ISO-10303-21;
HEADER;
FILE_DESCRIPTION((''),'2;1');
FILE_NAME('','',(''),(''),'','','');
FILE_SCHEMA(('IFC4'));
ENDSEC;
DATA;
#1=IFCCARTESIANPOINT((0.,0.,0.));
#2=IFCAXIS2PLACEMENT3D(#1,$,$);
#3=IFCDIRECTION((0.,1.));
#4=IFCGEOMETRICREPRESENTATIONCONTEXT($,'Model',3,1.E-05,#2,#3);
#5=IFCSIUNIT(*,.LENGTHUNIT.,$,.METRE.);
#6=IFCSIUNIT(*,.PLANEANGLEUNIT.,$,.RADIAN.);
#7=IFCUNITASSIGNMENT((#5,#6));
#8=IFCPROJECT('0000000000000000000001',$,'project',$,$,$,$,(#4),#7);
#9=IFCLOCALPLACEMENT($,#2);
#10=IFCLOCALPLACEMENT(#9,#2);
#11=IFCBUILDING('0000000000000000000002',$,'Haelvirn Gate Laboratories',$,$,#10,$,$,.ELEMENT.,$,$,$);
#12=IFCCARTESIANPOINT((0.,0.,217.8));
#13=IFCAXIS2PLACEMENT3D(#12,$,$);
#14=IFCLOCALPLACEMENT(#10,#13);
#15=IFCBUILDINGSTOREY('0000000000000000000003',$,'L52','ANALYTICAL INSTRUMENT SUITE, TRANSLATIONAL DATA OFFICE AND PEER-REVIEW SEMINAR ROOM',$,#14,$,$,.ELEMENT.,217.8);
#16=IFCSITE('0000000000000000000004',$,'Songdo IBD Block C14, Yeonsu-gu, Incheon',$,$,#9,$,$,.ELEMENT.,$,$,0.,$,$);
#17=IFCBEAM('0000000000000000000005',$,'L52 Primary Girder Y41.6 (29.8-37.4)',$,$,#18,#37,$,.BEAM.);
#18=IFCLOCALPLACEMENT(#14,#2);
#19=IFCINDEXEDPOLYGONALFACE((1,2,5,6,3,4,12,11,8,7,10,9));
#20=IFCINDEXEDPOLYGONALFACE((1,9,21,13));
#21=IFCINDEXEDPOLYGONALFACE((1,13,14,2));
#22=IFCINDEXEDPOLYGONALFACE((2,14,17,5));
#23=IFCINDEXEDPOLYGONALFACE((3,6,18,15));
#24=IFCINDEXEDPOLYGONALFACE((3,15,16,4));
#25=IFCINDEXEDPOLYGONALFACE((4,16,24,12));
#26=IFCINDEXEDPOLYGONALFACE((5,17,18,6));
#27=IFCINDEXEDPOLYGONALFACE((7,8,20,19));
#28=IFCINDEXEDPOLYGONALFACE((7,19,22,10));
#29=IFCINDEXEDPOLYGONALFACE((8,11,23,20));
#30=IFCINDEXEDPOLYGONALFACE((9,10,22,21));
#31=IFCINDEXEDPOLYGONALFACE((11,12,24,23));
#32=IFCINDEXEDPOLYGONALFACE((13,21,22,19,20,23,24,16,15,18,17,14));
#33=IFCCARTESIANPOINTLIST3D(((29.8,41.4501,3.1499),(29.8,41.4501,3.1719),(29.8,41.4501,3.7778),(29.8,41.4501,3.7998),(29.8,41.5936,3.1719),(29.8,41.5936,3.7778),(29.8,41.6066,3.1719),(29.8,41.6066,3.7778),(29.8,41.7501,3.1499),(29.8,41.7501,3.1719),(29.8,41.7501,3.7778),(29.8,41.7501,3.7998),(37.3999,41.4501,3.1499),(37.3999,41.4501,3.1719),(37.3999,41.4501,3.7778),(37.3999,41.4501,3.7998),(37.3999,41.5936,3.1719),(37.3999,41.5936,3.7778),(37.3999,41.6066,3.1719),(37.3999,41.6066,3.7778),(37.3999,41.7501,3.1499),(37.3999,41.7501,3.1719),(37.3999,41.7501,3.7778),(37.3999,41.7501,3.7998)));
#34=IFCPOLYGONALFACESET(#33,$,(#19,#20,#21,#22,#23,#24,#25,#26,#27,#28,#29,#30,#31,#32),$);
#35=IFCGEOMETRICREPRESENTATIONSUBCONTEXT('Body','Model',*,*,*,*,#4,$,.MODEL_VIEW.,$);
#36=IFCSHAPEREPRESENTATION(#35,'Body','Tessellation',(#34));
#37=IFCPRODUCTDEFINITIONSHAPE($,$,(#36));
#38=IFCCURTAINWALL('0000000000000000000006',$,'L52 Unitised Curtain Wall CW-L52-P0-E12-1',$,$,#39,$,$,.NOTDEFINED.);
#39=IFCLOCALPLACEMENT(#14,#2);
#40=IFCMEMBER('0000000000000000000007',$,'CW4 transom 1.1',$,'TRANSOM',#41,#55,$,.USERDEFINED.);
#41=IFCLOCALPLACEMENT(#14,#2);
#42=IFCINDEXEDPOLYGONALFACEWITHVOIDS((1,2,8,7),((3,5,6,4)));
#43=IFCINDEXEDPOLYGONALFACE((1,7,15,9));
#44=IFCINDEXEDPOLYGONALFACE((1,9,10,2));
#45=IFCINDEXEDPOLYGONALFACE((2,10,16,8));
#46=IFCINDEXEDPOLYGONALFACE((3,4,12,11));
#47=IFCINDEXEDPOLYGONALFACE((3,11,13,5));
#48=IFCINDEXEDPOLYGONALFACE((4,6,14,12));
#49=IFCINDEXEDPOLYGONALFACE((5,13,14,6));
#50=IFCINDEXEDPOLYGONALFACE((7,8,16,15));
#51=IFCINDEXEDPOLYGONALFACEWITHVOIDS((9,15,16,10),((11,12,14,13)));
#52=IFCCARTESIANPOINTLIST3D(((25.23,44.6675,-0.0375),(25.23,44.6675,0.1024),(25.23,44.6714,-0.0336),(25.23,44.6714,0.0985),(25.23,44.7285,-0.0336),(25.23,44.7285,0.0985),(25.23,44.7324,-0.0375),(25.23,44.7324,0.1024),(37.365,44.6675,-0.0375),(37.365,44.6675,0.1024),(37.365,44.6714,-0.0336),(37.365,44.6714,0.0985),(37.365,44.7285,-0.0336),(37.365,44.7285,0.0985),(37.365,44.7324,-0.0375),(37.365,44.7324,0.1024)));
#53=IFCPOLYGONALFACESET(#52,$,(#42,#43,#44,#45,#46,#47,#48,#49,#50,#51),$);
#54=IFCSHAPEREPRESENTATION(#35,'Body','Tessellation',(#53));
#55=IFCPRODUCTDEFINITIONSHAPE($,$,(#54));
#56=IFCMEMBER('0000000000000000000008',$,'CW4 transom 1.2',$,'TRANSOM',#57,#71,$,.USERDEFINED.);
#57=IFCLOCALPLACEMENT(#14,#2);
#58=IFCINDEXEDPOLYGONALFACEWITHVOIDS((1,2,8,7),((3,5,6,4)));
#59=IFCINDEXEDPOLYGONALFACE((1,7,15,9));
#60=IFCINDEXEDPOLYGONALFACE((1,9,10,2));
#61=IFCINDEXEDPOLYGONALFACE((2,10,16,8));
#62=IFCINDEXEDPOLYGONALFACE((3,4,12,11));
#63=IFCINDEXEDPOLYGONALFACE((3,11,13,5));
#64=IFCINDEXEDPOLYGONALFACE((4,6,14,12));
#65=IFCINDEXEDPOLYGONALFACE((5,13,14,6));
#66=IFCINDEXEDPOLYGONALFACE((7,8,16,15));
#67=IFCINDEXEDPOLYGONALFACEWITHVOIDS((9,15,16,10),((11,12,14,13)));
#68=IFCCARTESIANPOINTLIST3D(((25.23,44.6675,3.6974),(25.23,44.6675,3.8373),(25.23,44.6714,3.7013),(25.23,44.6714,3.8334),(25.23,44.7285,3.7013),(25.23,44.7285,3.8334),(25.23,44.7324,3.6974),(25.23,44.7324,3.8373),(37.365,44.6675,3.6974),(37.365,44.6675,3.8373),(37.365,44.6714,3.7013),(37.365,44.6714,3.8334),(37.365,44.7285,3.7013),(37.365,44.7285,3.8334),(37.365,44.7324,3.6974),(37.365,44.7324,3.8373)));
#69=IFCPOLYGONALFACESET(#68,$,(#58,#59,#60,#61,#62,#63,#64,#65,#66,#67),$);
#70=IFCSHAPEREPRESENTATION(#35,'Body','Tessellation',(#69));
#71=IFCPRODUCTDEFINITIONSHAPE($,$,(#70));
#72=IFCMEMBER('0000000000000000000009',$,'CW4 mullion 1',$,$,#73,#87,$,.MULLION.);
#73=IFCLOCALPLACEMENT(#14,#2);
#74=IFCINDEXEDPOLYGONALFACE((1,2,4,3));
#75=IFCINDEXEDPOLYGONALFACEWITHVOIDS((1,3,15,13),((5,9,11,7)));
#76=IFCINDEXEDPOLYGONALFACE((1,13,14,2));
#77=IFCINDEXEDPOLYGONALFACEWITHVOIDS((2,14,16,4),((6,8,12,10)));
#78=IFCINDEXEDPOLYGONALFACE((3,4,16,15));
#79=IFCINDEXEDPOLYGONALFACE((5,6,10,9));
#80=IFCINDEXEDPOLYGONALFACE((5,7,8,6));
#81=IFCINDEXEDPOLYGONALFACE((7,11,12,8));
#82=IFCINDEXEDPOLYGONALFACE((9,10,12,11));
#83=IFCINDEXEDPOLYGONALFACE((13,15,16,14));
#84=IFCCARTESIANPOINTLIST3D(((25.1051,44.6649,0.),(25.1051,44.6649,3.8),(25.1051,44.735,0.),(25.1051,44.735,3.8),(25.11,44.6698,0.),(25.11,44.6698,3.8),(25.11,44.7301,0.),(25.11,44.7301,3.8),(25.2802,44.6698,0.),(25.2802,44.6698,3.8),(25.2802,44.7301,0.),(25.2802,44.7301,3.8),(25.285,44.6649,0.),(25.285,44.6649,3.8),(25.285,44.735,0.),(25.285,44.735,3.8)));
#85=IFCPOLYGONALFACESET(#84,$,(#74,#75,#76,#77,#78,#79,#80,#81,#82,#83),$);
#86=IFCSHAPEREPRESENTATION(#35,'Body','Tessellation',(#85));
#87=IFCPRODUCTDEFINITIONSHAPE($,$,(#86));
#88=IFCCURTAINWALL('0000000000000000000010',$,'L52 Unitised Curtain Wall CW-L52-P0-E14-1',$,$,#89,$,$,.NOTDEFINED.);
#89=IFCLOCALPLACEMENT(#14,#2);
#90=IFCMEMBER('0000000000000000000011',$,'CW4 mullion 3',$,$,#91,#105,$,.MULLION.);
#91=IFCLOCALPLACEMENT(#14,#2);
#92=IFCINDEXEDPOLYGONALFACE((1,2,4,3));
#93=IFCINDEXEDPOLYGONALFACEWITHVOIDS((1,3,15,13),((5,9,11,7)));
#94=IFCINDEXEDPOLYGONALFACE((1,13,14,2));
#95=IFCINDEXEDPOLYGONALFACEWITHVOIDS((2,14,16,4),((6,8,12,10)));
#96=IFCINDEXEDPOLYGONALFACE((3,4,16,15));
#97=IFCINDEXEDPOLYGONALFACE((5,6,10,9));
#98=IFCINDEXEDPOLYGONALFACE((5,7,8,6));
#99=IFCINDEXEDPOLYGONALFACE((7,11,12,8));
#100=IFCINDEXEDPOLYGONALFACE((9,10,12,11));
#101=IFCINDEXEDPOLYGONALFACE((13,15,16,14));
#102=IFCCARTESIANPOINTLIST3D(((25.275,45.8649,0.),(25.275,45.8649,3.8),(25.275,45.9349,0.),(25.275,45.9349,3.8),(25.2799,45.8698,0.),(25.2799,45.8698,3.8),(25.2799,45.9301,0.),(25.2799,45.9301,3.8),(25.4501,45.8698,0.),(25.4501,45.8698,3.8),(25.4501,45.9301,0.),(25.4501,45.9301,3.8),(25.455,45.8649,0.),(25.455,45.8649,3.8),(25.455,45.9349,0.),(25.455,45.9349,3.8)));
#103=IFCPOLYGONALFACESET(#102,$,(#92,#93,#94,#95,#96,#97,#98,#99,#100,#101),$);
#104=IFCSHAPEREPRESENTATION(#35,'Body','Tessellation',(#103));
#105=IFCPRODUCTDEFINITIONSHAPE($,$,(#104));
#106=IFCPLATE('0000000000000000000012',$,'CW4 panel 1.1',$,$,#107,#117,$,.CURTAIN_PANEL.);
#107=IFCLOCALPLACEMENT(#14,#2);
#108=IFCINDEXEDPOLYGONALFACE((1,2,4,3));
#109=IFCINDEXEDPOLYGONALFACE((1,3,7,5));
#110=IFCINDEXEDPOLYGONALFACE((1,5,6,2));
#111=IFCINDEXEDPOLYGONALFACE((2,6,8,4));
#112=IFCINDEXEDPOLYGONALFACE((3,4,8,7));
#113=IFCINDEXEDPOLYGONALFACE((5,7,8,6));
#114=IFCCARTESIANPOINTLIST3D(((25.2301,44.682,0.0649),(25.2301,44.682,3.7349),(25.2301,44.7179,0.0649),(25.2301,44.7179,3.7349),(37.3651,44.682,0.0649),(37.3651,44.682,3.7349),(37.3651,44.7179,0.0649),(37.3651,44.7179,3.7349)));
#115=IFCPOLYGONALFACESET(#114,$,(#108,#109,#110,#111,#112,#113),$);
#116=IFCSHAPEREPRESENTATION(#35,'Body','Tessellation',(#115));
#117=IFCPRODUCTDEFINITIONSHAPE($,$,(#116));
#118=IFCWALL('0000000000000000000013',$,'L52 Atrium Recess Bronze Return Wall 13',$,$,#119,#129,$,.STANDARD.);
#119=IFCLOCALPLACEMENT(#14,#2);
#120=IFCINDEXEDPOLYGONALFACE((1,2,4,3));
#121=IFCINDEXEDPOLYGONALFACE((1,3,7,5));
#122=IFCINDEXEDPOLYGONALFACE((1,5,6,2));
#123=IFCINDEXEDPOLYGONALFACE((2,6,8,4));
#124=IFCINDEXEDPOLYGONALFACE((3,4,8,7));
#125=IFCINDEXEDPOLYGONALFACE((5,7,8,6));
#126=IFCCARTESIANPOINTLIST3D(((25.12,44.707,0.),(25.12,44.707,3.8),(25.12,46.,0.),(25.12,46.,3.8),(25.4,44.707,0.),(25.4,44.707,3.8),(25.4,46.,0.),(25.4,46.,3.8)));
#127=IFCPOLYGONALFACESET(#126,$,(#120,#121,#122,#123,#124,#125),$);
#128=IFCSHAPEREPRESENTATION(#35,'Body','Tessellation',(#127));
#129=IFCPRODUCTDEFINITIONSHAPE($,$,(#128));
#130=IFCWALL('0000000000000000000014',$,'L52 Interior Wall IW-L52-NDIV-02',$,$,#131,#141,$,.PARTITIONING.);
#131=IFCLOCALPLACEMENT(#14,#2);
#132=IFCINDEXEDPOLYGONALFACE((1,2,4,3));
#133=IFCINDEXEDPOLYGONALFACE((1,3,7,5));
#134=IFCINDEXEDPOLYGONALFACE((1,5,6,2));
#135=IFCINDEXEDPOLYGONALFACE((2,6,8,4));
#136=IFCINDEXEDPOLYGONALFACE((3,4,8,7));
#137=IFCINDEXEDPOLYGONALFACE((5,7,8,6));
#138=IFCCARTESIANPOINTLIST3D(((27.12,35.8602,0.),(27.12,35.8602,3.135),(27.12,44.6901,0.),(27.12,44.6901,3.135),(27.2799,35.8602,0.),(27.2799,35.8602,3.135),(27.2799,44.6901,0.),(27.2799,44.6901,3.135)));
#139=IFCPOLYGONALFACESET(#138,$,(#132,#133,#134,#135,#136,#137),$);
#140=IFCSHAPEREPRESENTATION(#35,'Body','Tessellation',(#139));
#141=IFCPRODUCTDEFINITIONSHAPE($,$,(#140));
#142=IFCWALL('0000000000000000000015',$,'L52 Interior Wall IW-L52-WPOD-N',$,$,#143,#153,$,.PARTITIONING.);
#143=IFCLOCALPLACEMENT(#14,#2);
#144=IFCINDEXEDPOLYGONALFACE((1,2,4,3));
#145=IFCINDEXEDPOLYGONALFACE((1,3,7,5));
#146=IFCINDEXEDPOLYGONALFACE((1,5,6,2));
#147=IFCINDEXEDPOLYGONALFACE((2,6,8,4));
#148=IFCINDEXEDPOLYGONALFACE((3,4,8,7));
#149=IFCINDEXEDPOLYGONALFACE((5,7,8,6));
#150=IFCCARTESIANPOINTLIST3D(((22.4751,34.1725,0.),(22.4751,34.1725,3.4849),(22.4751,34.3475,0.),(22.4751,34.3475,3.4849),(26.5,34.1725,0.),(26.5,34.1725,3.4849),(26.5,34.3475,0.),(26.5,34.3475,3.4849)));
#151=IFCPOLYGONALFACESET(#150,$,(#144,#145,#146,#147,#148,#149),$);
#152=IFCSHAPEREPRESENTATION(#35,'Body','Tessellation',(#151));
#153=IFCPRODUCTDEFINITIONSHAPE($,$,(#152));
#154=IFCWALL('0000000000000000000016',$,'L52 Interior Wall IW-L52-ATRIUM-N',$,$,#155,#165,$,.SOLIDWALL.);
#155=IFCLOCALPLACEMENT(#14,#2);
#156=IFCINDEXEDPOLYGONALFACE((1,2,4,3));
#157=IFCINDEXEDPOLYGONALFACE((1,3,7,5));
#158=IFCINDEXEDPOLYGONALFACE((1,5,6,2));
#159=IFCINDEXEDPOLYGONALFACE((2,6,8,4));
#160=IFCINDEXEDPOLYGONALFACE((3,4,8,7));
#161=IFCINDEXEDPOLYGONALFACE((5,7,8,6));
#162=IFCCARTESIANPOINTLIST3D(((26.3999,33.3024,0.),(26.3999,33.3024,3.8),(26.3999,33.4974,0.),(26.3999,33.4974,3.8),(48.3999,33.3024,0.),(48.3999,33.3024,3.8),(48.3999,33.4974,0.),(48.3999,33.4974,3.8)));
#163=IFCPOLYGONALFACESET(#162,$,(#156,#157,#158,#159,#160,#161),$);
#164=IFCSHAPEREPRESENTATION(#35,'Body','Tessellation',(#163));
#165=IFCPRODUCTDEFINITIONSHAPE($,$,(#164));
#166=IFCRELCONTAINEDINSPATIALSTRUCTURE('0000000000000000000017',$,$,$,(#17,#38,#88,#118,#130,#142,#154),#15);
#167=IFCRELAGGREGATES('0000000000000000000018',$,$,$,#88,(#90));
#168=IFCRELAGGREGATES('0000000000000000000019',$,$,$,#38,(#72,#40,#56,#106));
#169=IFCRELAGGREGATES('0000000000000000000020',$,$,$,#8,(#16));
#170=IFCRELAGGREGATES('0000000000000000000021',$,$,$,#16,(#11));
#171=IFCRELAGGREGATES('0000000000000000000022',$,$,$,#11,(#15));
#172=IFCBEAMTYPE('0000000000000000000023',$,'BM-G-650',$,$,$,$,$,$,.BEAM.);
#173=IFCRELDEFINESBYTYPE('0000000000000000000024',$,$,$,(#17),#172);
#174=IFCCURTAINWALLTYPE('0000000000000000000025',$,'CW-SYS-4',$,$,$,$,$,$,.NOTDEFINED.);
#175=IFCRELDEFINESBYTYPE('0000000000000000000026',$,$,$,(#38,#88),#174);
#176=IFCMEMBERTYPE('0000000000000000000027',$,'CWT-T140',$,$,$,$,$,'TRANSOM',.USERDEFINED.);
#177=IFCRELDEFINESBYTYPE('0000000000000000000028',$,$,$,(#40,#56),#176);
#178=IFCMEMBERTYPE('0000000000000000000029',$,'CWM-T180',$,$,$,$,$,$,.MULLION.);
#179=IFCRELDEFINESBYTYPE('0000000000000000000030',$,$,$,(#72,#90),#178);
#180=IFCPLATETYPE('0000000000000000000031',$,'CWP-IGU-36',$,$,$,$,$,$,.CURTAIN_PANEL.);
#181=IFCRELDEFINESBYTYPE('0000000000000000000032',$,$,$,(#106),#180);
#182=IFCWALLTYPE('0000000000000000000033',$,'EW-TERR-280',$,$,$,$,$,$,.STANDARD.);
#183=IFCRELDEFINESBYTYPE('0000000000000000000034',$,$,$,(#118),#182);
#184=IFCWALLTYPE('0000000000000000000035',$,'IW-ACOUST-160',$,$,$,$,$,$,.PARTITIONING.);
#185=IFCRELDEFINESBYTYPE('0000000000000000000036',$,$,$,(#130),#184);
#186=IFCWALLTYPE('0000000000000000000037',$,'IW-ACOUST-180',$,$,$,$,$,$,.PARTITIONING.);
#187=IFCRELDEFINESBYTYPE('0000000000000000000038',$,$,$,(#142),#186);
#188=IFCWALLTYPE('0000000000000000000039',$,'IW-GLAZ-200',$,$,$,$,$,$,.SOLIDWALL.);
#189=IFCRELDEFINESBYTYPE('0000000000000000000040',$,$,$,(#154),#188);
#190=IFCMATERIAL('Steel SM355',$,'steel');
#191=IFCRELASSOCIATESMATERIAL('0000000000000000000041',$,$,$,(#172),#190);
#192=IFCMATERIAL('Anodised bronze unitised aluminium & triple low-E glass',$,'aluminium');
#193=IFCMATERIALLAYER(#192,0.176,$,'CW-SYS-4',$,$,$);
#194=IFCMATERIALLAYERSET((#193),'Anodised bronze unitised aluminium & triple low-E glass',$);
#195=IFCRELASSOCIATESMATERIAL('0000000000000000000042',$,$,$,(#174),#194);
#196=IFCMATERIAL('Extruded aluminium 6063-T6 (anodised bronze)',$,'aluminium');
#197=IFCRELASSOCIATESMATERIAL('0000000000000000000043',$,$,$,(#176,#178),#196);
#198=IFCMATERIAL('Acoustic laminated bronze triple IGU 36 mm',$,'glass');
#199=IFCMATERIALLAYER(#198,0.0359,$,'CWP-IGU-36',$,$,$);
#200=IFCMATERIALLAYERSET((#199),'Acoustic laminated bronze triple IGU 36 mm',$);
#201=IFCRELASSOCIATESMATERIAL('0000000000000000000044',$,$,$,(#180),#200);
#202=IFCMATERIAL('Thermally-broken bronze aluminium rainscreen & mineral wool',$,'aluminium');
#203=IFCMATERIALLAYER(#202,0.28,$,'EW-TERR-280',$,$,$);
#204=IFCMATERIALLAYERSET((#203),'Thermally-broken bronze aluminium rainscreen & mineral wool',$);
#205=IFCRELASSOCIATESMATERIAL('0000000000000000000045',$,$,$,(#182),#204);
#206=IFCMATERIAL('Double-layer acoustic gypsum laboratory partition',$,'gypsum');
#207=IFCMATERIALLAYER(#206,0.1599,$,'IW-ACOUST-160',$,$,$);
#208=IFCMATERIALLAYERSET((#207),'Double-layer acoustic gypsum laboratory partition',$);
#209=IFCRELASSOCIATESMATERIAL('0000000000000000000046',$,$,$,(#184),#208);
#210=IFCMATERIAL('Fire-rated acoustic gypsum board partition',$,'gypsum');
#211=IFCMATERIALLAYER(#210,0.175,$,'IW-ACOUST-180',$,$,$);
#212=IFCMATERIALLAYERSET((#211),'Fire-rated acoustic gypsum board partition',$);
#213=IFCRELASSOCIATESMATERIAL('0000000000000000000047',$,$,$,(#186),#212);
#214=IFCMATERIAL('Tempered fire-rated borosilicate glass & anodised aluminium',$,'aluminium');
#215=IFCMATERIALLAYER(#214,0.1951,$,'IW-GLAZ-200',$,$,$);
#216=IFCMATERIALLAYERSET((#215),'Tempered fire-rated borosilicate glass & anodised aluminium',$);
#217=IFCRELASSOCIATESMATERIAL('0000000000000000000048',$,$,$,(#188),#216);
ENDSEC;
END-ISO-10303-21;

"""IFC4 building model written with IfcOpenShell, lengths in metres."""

from ifc_helpers import new_model, si_unit, direction, frame, frame_2d, origin, origin_2d, place, context, subcontext, project, spatial, rectangle, hollow_rectangle, i_section, extrude, source, transform, mapped, material, layer, layer_set, material_profile, profile_set, type_object, type_shapes, element, aggregate, save


model = new_model("IFC4")

# Units and contexts
model_context = context("Model", 3, precision=1e-05, world=origin(), true_north=direction((0.0, 1.0)))
body_context = subcontext(model_context, "Body", "Model", "MODEL_VIEW")
ifc_project = project(units=[si_unit("LENGTHUNIT", "METRE"), si_unit("PLANEANGLEUNIT", "RADIAN")], contexts=[model_context])

# Site, building, storey
site_placement = place(None, origin())
site = spatial("IfcSite", under=ifc_project, at=site_placement, Name="Songdo IBD Block C14, Yeonsu-gu, Incheon", CompositionType="ELEMENT", RefElevation=0.0)
building_placement = place(site_placement, origin())
building = spatial("IfcBuilding", under=site, at=building_placement, Name="Haelvirn Gate Laboratories", CompositionType="ELEMENT")
storey_placement = place(building_placement, frame((0.0, 0.0, 217.8)))
storey = spatial("IfcBuildingStorey", under=building, at=storey_placement, Name="L52", Description="ANALYTICAL INSTRUMENT SUITE, TRANSLATIONAL DATA OFFICE AND PEER-REVIEW SEMINAR ROOM", CompositionType="ELEMENT", Elevation=217.8)

# Shared definitions
ifc_material_1 = material(Name="Steel SM355", Category="steel")

# Beam
ifc_material_profile_1 = material_profile(ifc_material_1, i_section(OverallWidth=0.3, OverallDepth=0.6499, WebThickness=0.0129, FlangeThickness=0.022, at=origin_2d()), Name="H-650x300x13x22")
ifc_profile_set_1 = profile_set([ifc_material_profile_1], Name="Steel SM355")
beam_type_1 = type_object("IfcBeamType", Name="BM-G-650", PredefinedType="BEAM", material=ifc_profile_set_1)
shared_shape_1 = source(origin(), body_context, "Body", "SweptSolid", [
    extrude(i_section(OverallWidth=0.3, OverallDepth=0.6499, WebThickness=0.0129, FlangeThickness=0.022, at=origin_2d()), origin(), (0.0, 0.0, 1.0), 7.5999),
])
for number, where, z_axis, x_axis, name in (
    (1, (29.8, 41.6001, 3.4749), (1.0, 0.0, 0.0), (0.0, 1.0, 0.0), "L52 Primary Girder Y41.6 (29.8-37.4)"),
):
    element("IfcBeam", number, at=place(storey_placement, frame(where, z_axis=z_axis, x_axis=x_axis)), inside=storey, type_object=beam_type_1, Name=name, PredefinedType="BEAM", context=body_context, shape_type="MappedRepresentation", body=[
        mapped(shared_shape_1, transform((0.0, 0.0, 0.0), scale=1.0)),
    ])

# Curtain wall, members
ifc_material_2 = material(Name="Anodised bronze unitised aluminium & triple low-E glass", Category="aluminium")
ifc_layer_1 = layer(ifc_material_2, 0.176, Name="CW-SYS-4")
ifc_layer_set_1 = layer_set([ifc_layer_1], Name="Anodised bronze unitised aluminium & triple low-E glass")
curtain_wall_type = type_object("IfcCurtainWallType", Name="CW-SYS-4", PredefinedType="NOTDEFINED", material=ifc_layer_set_1)
curtain_wall_1_placement = place(storey_placement, origin())
curtain_wall_1 = element("IfcCurtainWall", 2, at=curtain_wall_1_placement, inside=storey, type_object=curtain_wall_type, Name="L52 Unitised Curtain Wall CW-L52-P0-E12-1", PredefinedType="NOTDEFINED")
ifc_material_3 = material(Name="Extruded aluminium 6063-T6 (anodised bronze)", Category="aluminium")
ifc_material_profile_2 = material_profile(ifc_material_3, hollow_rectangle(XDim=0.0649, YDim=0.1399, WallThickness=0.0039, at=origin_2d()), Name="CWT-140x65x4")
ifc_profile_set_2 = profile_set([ifc_material_profile_2], Name="Extruded aluminium 6063-T6 (anodised bronze)")
member_type_1 = type_object("IfcMemberType", Name="CWT-T140", ElementType="TRANSOM", PredefinedType="USERDEFINED", material=ifc_profile_set_2)
shared_shape_2 = source(origin(), body_context, "Body", "SweptSolid", [
    extrude(hollow_rectangle(XDim=0.0649, YDim=0.1399, WallThickness=0.0039, at=origin_2d()), origin(), (0.0, 0.0, 1.0), 12.135),
])
type_shapes(member_type_1, [shared_shape_2])
member_1_placement = place(storey_placement, frame((25.23, 44.7, 0.0325), z_axis=(1.0, 0.0, 0.0), x_axis=(0.0, 1.0, 0.0)))
member_1 = element("IfcMember", 3, at=member_1_placement, type_object=member_type_1, Name="CW4 transom 1.1", ObjectType="TRANSOM", PredefinedType="USERDEFINED", context=body_context, shape_type="MappedRepresentation", body=[
    mapped(shared_shape_2, transform((0.0, 0.0, 0.0), scale=1.0)),
])
member_2_placement = place(storey_placement, frame((25.23, 44.7, 3.7673), z_axis=(1.0, 0.0, 0.0), x_axis=(0.0, 1.0, 0.0)))
member_2 = element("IfcMember", 4, at=member_2_placement, type_object=member_type_1, Name="CW4 transom 1.2", ObjectType="TRANSOM", PredefinedType="USERDEFINED", context=body_context, shape_type="MappedRepresentation", body=[
    mapped(shared_shape_2, transform((0.0, 0.0, 0.0), scale=1.0)),
])
ifc_material_profile_3 = material_profile(ifc_material_3, hollow_rectangle(XDim=0.0701, YDim=0.1799, WallThickness=0.0049, at=origin_2d()), Name="CWM-180x70x5")
ifc_profile_set_3 = profile_set([ifc_material_profile_3], Name="Extruded aluminium 6063-T6 (anodised bronze)")
member_type_2 = type_object("IfcMemberType", Name="CWM-T180", PredefinedType="MULLION", material=ifc_profile_set_3)
shared_shape_3 = source(origin(), body_context, "Body", "SweptSolid", [
    extrude(hollow_rectangle(XDim=0.0701, YDim=0.1799, WallThickness=0.0049, at=origin_2d()), origin(), (0.0, 0.0, 1.0), 3.8),
])
type_shapes(member_type_2, [shared_shape_3])
member_3_placement = place(storey_placement, frame((25.1951, 44.7, 0.0), z_axis=(0.0, 0.0, 1.0), x_axis=(0.0, 1.0, 0.0)))
member_3 = element("IfcMember", 5, at=member_3_placement, type_object=member_type_2, Name="CW4 mullion 1", PredefinedType="MULLION", context=body_context, shape_type="MappedRepresentation", body=[
    mapped(shared_shape_3, transform((0.0, 0.0, 0.0), scale=1.0)),
])

# Curtain wall, member
curtain_wall_2_placement = place(storey_placement, origin())
curtain_wall_2 = element("IfcCurtainWall", 6, at=curtain_wall_2_placement, inside=storey, type_object=curtain_wall_type, Name="L52 Unitised Curtain Wall CW-L52-P0-E14-1", PredefinedType="NOTDEFINED")
member_4_placement = place(storey_placement, frame((25.365, 45.8999, 0.0), z_axis=(0.0, 0.0, 1.0), x_axis=(0.0, 1.0, 0.0)))
member_4 = element("IfcMember", 7, at=member_4_placement, type_object=member_type_2, Name="CW4 mullion 3", PredefinedType="MULLION", context=body_context, shape_type="MappedRepresentation", body=[
    mapped(shared_shape_3, transform((0.0, 0.0, 0.0), scale=1.0)),
])
aggregate(curtain_wall_2, [member_4])

# Plate
ifc_material_4 = material(Name="Acoustic laminated bronze triple IGU 36 mm", Category="glass")
ifc_layer_2 = layer(ifc_material_4, 0.0359, Name="CWP-IGU-36")
ifc_layer_set_2 = layer_set([ifc_layer_2], Name="Acoustic laminated bronze triple IGU 36 mm")
plate_type = type_object("IfcPlateType", Name="CWP-IGU-36", PredefinedType="CURTAIN_PANEL", material=ifc_layer_set_2)
shared_shape_4 = source(origin(), body_context, "Body", "SweptSolid", [
    extrude(rectangle(XDim=12.135, YDim=0.0359, at=origin_2d()), origin(), (0.0, 0.0, 1.0), 3.6699),
])
type_shapes(plate_type, [shared_shape_4])
plate_placement = place(storey_placement, frame((31.2976, 44.7, 0.0649), z_axis=(0.0, 0.0, 1.0), x_axis=(1.0, 0.0, 0.0)))
plate = element("IfcPlate", 8, at=plate_placement, type_object=plate_type, Name="CW4 panel 1.1", PredefinedType="CURTAIN_PANEL", context=body_context, shape_type="MappedRepresentation", body=[
    mapped(shared_shape_4, transform((0.0, 0.0, 0.0), scale=1.0)),
])
aggregate(curtain_wall_1, [member_3, member_1, member_2, plate])

# Walls
ifc_material_5 = material(Name="Thermally-broken bronze aluminium rainscreen & mineral wool", Category="aluminium")
ifc_layer_3 = layer(ifc_material_5, 0.28, Name="EW-TERR-280")
ifc_layer_set_3 = layer_set([ifc_layer_3], Name="Thermally-broken bronze aluminium rainscreen & mineral wool")
wall_type_1 = type_object("IfcWallType", Name="EW-TERR-280", PredefinedType="STANDARD", material=ifc_layer_set_3)
wall_1_placement = place(storey_placement, frame((25.26, 44.707, 0.0), z_axis=(0.0, 0.0, 1.0), x_axis=(0.0, 1.0, 0.0)))
element("IfcWall", 9, at=wall_1_placement, inside=storey, type_object=wall_type_1, Name="L52 Atrium Recess Bronze Return Wall 13", PredefinedType="STANDARD", context=body_context, shape_type="SweptSolid", body=[
    extrude(rectangle(XDim=1.293, YDim=0.28, at=frame_2d((0.6465, 0.0))), origin(), (0.0, 0.0, 1.0), 3.8),
])
ifc_material_6 = material(Name="Double-layer acoustic gypsum laboratory partition", Category="gypsum")
ifc_layer_4 = layer(ifc_material_6, 0.1599, Name="IW-ACOUST-160")
ifc_layer_set_4 = layer_set([ifc_layer_4], Name="Double-layer acoustic gypsum laboratory partition")
wall_type_2 = type_object("IfcWallType", Name="IW-ACOUST-160", PredefinedType="PARTITIONING", material=ifc_layer_set_4)
wall_2_placement = place(storey_placement, frame((27.2, 35.8601, 0.0), z_axis=(0.0, 0.0, 1.0), x_axis=(0.0, 1.0, 0.0)))
element("IfcWall", 10, at=wall_2_placement, inside=storey, type_object=wall_type_2, Name="L52 Interior Wall IW-L52-NDIV-02", PredefinedType="PARTITIONING", context=body_context, shape_type="SweptSolid", body=[
    extrude(rectangle(XDim=8.8298, YDim=0.1599, at=frame_2d((4.415, 0.0))), origin(), (0.0, 0.0, 1.0), 3.135),
])
ifc_material_7 = material(Name="Fire-rated acoustic gypsum board partition", Category="gypsum")
ifc_layer_5 = layer(ifc_material_7, 0.175, Name="IW-ACOUST-180")
ifc_layer_set_5 = layer_set([ifc_layer_5], Name="Fire-rated acoustic gypsum board partition")
wall_type_3 = type_object("IfcWallType", Name="IW-ACOUST-180", PredefinedType="PARTITIONING", material=ifc_layer_set_5)
wall_3_placement = place(storey_placement, frame((22.4751, 34.26, 0.0), z_axis=(0.0, 0.0, 1.0), x_axis=(1.0, 0.0, 0.0)))
element("IfcWall", 11, at=wall_3_placement, inside=storey, type_object=wall_type_3, Name="L52 Interior Wall IW-L52-WPOD-N", PredefinedType="PARTITIONING", context=body_context, shape_type="SweptSolid", body=[
    extrude(rectangle(XDim=4.0249, YDim=0.175, at=frame_2d((2.0125, 0.0))), origin(), (0.0, 0.0, 1.0), 3.4849),
])
ifc_material_8 = material(Name="Tempered fire-rated borosilicate glass & anodised aluminium", Category="aluminium")
ifc_layer_6 = layer(ifc_material_8, 0.1951, Name="IW-GLAZ-200")
ifc_layer_set_6 = layer_set([ifc_layer_6], Name="Tempered fire-rated borosilicate glass & anodised aluminium")
wall_type_4 = type_object("IfcWallType", Name="IW-GLAZ-200", PredefinedType="SOLIDWALL", material=ifc_layer_set_6)
wall_4_placement = place(storey_placement, frame((26.3999, 33.3999, 0.0), z_axis=(0.0, 0.0, 1.0), x_axis=(1.0, 0.0, 0.0)))
element("IfcWall", 12, at=wall_4_placement, inside=storey, type_object=wall_type_4, Name="L52 Interior Wall IW-L52-ATRIUM-N", PredefinedType="SOLIDWALL", context=body_context, shape_type="SweptSolid", body=[
    extrude(rectangle(XDim=22.0, YDim=0.1951, at=frame_2d((11.0, 0.0))), origin(), (0.0, 0.0, 1.0), 3.8),
])

save(model, "model.ifc")
